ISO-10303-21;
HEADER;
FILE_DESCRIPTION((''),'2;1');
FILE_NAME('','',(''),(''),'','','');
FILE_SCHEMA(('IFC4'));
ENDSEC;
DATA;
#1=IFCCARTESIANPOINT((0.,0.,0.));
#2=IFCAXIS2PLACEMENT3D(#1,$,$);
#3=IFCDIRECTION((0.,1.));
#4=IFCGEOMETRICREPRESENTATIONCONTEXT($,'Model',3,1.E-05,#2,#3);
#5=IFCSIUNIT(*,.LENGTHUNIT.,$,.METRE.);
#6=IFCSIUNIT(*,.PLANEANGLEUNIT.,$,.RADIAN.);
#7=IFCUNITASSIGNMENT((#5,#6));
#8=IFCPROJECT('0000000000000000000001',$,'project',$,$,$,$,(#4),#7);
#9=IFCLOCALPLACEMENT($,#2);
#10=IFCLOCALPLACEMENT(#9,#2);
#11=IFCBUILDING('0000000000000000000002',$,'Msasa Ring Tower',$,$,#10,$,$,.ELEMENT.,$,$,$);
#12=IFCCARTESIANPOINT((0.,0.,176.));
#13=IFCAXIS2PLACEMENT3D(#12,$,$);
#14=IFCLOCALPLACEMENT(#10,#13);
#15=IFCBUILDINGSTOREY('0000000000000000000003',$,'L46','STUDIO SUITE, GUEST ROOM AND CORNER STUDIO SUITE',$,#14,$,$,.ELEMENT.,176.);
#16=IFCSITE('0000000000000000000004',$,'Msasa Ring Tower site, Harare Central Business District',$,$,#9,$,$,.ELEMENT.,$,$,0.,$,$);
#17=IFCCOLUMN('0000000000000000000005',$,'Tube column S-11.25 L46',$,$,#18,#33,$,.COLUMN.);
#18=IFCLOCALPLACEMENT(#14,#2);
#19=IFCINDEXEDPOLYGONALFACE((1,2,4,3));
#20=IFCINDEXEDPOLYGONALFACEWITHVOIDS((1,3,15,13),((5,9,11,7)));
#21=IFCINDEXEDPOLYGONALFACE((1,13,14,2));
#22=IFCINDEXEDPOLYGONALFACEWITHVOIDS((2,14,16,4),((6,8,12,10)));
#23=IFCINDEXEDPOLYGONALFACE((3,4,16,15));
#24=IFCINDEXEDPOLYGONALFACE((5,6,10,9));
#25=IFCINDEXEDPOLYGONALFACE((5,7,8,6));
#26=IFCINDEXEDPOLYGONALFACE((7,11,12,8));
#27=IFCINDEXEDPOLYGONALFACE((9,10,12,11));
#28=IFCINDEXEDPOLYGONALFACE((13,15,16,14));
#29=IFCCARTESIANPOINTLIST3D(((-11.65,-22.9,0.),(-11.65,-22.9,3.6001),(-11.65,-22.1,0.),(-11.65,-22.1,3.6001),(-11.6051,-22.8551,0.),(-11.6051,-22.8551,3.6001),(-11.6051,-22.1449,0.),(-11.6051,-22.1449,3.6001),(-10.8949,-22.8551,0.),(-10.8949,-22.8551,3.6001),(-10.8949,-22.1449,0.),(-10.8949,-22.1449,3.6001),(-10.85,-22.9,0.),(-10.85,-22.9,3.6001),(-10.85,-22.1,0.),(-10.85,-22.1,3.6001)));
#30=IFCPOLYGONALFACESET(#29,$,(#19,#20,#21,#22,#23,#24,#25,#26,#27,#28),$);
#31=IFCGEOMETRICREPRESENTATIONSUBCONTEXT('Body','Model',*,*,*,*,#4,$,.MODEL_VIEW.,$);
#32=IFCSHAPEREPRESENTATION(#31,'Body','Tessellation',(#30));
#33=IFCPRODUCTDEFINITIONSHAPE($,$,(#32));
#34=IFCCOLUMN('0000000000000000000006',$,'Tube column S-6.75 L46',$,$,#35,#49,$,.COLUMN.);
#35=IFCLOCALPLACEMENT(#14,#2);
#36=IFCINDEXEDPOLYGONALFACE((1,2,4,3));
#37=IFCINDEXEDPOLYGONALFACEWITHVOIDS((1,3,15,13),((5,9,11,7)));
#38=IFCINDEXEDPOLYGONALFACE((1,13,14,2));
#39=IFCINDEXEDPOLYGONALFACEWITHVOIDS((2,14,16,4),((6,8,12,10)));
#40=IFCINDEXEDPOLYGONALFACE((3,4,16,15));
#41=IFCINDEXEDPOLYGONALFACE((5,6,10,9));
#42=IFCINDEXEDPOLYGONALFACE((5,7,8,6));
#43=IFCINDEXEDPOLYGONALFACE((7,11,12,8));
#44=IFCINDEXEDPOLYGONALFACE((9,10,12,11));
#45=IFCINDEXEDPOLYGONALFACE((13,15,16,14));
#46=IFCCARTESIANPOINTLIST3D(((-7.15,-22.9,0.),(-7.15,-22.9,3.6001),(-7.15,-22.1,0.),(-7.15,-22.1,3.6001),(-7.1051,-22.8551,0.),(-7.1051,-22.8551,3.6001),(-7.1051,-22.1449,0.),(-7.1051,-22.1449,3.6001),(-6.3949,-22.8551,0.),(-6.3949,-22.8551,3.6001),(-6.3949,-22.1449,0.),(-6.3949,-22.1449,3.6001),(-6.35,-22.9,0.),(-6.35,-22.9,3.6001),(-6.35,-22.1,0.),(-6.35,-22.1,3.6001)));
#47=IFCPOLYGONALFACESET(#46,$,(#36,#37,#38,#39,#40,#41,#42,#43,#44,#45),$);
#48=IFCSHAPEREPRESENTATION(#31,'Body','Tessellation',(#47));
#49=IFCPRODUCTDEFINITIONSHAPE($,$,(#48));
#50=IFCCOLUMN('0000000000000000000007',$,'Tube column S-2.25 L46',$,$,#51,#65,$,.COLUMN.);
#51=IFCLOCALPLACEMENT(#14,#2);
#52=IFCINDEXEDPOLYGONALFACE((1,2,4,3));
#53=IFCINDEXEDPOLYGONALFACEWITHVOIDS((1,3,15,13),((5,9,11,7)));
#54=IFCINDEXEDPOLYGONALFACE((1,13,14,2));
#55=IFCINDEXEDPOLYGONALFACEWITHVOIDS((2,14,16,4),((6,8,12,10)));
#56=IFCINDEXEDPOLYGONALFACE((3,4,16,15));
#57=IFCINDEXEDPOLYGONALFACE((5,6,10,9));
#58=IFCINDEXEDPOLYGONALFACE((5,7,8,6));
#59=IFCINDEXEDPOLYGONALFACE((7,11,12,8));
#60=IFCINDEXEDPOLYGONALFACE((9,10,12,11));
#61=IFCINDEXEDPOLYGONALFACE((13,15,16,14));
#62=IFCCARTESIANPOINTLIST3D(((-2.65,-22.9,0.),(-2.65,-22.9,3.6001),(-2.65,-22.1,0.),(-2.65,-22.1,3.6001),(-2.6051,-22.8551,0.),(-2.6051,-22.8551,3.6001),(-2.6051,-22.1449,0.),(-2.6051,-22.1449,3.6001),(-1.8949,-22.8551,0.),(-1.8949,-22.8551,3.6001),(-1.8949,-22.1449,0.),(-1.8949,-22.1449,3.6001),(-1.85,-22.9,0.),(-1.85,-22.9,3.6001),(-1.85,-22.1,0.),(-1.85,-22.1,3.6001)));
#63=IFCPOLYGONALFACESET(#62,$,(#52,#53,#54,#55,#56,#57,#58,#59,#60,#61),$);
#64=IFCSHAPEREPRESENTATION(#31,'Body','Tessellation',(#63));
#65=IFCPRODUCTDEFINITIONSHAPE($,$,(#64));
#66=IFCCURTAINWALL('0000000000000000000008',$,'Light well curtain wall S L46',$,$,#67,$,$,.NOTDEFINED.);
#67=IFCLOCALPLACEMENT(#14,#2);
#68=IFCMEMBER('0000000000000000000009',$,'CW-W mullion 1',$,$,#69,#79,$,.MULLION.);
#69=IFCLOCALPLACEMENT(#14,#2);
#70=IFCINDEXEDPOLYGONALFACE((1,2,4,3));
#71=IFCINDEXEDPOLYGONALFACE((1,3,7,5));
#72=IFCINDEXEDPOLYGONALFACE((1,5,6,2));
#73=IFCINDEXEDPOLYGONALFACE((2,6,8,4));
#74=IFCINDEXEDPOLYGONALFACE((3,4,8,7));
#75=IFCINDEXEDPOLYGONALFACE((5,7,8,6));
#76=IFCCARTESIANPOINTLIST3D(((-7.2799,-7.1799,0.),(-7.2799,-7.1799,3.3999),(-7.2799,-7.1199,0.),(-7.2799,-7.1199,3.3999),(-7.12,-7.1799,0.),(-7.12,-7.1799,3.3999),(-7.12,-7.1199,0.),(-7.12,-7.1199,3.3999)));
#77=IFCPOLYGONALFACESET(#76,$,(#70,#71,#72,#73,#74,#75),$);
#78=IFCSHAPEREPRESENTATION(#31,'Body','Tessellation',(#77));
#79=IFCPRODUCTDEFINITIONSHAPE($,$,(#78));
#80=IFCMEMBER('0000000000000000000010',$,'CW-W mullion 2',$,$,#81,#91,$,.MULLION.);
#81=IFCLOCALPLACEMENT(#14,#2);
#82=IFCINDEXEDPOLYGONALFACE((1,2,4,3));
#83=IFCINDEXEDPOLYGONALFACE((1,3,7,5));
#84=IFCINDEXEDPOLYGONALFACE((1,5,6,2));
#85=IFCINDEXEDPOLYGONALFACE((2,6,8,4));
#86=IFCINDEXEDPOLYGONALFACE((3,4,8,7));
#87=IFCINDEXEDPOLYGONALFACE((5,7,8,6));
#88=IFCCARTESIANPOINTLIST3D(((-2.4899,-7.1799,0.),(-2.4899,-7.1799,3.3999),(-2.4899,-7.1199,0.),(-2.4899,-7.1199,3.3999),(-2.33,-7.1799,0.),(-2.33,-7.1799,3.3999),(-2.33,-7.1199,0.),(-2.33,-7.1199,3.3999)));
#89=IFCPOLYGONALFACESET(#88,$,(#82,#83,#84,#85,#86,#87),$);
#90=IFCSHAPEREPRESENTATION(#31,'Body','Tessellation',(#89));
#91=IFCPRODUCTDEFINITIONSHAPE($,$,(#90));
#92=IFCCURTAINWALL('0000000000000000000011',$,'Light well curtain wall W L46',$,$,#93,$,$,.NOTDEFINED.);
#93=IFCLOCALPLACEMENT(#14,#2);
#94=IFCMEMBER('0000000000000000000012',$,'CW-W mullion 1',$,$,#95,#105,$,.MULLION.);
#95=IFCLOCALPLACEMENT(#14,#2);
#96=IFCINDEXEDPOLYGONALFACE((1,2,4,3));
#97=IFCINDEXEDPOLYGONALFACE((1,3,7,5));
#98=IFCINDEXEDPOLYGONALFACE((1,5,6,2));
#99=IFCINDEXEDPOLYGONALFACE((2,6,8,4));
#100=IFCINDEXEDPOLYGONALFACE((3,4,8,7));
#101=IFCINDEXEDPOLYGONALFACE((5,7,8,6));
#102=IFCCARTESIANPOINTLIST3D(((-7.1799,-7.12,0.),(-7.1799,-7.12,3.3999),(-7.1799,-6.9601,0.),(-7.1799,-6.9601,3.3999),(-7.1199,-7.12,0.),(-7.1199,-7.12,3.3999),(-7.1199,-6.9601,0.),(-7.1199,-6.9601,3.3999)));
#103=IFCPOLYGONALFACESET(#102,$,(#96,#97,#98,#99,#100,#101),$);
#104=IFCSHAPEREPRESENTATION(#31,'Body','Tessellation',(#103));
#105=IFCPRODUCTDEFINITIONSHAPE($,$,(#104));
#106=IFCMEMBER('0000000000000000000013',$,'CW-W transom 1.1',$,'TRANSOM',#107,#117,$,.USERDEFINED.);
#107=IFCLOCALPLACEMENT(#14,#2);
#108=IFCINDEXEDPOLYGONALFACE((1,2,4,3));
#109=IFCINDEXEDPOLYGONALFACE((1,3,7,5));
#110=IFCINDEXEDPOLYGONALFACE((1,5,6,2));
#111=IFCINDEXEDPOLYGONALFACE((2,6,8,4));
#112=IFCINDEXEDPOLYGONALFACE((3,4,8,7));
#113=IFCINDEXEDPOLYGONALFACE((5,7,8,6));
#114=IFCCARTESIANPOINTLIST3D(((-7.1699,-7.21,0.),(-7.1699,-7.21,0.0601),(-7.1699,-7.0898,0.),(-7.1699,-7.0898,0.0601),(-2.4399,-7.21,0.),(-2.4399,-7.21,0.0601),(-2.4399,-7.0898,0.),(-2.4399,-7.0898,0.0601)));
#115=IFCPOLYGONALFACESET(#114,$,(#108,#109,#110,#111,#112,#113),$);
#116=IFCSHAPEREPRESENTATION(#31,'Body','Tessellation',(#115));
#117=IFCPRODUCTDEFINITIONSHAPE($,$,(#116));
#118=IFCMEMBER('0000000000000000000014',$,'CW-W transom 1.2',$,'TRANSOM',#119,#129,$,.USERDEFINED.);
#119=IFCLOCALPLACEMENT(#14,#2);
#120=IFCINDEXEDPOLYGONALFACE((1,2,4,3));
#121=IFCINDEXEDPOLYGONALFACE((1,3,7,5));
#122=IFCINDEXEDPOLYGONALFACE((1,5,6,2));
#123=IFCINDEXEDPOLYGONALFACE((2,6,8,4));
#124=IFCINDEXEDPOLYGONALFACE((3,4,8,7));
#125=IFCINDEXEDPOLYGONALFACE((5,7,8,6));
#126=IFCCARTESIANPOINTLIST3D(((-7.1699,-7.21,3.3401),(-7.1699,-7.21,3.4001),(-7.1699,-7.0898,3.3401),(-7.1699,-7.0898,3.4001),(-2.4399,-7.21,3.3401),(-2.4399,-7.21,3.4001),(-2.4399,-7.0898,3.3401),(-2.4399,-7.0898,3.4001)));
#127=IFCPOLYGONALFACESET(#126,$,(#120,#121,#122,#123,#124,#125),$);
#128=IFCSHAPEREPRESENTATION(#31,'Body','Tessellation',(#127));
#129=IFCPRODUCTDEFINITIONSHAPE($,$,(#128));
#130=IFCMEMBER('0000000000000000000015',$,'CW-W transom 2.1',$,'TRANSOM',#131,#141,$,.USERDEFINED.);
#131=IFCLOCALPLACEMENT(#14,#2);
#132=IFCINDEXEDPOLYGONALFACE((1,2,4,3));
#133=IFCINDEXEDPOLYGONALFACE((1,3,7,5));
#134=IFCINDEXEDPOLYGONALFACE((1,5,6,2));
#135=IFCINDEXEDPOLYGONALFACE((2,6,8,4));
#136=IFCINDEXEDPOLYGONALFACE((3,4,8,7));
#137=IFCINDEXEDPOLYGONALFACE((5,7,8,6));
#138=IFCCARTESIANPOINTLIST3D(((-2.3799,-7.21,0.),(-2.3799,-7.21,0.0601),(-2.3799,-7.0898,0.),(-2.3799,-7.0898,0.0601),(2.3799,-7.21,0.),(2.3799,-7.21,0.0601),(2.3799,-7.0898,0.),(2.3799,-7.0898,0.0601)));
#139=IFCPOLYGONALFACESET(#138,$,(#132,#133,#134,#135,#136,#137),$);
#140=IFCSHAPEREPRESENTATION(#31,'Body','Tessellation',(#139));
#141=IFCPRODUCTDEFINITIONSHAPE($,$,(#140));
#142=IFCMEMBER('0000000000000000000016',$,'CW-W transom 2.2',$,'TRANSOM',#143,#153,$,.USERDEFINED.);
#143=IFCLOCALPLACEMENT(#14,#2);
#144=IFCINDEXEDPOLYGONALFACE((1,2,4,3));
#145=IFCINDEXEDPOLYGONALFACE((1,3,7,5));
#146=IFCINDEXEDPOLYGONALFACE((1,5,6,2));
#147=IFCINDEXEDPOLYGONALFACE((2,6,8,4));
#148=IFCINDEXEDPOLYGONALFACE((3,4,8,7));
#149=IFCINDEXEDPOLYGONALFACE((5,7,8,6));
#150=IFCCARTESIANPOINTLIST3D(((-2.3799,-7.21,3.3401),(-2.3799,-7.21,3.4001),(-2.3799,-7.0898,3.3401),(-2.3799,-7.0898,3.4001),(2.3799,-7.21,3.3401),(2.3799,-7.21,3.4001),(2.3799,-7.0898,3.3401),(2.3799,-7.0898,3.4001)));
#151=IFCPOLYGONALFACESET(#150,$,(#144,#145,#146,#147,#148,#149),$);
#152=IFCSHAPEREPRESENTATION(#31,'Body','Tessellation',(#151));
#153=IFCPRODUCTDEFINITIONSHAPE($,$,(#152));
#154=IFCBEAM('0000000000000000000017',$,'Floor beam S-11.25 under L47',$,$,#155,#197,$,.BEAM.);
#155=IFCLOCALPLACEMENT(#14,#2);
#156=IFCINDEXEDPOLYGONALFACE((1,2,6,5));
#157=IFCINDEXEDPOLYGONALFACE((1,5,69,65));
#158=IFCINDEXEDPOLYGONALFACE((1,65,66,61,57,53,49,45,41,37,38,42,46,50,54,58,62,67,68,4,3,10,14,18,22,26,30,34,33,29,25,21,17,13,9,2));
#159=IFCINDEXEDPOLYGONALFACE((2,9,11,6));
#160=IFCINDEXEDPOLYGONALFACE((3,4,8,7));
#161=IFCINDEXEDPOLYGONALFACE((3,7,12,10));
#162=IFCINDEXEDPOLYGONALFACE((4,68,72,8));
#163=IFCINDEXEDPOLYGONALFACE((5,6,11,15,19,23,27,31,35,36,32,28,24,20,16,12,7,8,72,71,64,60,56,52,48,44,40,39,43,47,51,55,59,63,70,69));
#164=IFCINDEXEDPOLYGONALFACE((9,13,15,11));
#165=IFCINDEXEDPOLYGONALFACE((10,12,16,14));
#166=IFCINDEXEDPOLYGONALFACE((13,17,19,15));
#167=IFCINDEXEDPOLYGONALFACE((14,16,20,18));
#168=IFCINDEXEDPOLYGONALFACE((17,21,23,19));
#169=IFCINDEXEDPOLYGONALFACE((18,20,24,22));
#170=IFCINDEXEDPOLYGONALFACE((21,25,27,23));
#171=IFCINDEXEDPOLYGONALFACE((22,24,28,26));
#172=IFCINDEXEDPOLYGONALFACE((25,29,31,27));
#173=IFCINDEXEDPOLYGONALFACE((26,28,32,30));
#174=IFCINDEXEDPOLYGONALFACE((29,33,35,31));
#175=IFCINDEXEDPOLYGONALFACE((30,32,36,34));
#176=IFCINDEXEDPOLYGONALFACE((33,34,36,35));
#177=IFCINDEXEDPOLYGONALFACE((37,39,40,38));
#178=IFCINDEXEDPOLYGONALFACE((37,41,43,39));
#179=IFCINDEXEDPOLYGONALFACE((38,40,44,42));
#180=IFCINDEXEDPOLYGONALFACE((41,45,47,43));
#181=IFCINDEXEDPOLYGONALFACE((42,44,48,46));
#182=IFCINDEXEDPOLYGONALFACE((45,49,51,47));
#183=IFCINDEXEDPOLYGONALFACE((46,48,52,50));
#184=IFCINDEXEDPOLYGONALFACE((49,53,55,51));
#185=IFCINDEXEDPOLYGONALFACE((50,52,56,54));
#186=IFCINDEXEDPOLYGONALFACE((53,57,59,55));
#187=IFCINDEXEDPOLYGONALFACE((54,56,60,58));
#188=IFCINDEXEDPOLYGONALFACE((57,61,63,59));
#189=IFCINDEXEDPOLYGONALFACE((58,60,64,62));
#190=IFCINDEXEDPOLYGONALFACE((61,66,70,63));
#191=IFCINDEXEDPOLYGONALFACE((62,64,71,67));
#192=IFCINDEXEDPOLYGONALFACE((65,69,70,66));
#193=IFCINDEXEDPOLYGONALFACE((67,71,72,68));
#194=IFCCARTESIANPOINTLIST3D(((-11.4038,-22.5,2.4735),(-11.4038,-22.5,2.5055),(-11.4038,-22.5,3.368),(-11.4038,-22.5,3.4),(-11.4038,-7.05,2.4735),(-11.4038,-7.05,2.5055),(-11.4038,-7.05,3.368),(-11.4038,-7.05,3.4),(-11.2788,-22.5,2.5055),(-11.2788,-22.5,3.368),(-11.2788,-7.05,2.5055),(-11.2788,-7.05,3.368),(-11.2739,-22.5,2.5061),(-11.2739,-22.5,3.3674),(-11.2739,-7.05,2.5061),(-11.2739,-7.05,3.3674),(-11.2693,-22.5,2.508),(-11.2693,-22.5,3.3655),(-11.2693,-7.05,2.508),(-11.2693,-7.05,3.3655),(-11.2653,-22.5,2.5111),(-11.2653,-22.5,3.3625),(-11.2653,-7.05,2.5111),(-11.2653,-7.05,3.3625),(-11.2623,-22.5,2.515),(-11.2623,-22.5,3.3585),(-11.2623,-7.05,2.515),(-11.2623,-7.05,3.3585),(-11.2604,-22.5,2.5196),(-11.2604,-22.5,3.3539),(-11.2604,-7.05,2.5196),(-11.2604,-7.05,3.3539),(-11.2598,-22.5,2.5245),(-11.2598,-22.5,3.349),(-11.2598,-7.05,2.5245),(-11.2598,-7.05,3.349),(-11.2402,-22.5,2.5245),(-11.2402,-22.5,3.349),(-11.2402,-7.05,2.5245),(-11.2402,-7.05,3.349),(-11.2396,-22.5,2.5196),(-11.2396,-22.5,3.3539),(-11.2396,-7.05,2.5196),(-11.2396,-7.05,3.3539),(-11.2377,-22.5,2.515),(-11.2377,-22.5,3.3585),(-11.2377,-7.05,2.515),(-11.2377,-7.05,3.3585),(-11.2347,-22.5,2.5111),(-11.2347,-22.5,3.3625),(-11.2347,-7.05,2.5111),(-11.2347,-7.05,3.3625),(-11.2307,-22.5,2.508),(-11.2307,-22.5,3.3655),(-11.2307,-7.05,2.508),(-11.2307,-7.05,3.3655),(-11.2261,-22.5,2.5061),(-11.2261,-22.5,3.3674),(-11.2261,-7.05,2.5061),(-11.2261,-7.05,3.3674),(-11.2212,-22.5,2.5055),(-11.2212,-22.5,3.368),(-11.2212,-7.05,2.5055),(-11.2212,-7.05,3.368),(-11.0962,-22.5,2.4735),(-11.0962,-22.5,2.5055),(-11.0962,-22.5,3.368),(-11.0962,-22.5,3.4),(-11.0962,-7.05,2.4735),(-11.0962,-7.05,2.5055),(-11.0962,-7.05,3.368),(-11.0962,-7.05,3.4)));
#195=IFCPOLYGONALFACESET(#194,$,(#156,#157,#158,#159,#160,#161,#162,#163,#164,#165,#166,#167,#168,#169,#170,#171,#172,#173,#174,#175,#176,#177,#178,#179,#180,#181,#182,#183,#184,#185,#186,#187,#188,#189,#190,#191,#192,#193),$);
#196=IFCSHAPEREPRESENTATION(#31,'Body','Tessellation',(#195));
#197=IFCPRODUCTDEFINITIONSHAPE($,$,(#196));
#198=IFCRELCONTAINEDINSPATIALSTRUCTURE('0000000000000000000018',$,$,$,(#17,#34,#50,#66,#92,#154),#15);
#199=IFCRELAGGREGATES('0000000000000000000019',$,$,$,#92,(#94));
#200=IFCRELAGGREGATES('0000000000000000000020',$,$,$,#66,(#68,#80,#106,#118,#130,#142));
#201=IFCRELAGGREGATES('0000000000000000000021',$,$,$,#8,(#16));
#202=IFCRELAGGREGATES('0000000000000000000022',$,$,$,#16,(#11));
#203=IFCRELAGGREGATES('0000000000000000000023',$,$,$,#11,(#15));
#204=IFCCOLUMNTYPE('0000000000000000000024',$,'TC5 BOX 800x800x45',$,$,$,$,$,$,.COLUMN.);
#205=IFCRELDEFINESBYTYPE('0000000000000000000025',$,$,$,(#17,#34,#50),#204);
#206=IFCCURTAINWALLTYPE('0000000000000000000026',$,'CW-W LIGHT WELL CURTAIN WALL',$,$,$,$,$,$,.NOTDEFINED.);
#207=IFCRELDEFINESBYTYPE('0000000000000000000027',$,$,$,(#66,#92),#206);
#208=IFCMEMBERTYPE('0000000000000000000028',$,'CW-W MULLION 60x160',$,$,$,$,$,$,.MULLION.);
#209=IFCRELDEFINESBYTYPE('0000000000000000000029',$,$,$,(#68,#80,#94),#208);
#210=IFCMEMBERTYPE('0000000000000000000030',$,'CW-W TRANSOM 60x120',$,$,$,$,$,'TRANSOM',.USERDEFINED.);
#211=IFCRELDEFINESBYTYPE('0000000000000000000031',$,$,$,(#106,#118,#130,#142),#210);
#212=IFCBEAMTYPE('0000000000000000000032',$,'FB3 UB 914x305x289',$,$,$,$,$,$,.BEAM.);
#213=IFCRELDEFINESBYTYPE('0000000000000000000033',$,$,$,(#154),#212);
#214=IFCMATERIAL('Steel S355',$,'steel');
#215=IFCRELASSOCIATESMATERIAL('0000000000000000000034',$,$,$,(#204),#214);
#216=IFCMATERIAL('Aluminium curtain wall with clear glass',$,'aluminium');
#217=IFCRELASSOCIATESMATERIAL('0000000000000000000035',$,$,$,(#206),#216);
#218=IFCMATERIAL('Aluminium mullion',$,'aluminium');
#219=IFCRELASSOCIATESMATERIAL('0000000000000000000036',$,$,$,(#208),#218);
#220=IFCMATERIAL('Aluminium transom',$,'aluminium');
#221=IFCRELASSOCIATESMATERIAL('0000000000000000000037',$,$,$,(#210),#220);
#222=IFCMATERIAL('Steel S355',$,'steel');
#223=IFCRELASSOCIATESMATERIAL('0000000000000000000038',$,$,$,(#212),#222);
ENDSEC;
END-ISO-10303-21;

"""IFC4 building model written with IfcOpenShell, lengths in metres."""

from ifc_helpers import new_model, si_unit, direction, frame, origin, origin_2d, place, context, subcontext, project, spatial, rectangle, hollow_rectangle, i_section, extrude, material, material_profile, profile_set, type_object, element, aggregate, save


model = new_model("IFC4")

# Units and contexts
model_context = context("Model", 3, precision=1e-05, world=origin(), true_north=direction((0.0, 1.0)))
body_context = subcontext(model_context, "Body", "Model", "MODEL_VIEW")
ifc_project = project(units=[si_unit("LENGTHUNIT", "METRE"), si_unit("PLANEANGLEUNIT", "RADIAN")], contexts=[model_context])

# Site, building, storey
site_placement = place(None, origin())
site = spatial("IfcSite", under=ifc_project, at=site_placement, Name="Msasa Ring Tower site, Harare Central Business District", CompositionType="ELEMENT", RefElevation=0.0)
building_placement = place(site_placement, origin())
building = spatial("IfcBuilding", under=site, at=building_placement, Name="Msasa Ring Tower", CompositionType="ELEMENT")
storey_placement = place(building_placement, frame((0.0, 0.0, 176.0)))
storey = spatial("IfcBuildingStorey", under=building, at=storey_placement, Name="L46", Description="STUDIO SUITE, GUEST ROOM AND CORNER STUDIO SUITE", CompositionType="ELEMENT", Elevation=176.0)

# Columns
ifc_material_1 = material(Name="Steel S355", Category="steel")
ifc_material_profile_1 = material_profile(ifc_material_1, hollow_rectangle(XDim=0.8, YDim=0.8, WallThickness=0.0449, at=origin_2d()), Name="BOX 800x800x45")
ifc_profile_set_1 = profile_set([ifc_material_profile_1], Name="Steel S355")
column_type = type_object("IfcColumnType", Name="TC5 BOX 800x800x45", PredefinedType="COLUMN", material=ifc_profile_set_1)
for number, where, z_axis, x_axis, name in (
    (1, (-11.25, -22.5, 0.0), (0.0, 0.0, 1.0), (0.0, 1.0, 0.0), "Tube column S-11.25 L46"),
    (2, (-6.75, -22.5, 0.0), (0.0, 0.0, 1.0), (0.0, 1.0, 0.0), "Tube column S-6.75 L46"),
    (3, (-2.25, -22.5, 0.0), (0.0, 0.0, 1.0), (0.0, 1.0, 0.0), "Tube column S-2.25 L46"),
):
    element("IfcColumn", number, at=place(storey_placement, frame(where, z_axis=z_axis, x_axis=x_axis)), inside=storey, type_object=column_type, Name=name, PredefinedType="COLUMN", context=body_context, shape_type="SweptSolid", body=[
        extrude(hollow_rectangle(XDim=0.8, YDim=0.8, WallThickness=0.0449, at=origin_2d()), origin(), (0.0, 0.0, 1.0), 3.6001),
    ])

# Curtain wall, members
ifc_material_2 = material(Name="Aluminium curtain wall with clear glass", Category="aluminium")
curtain_wall_type = type_object("IfcCurtainWallType", Name="CW-W LIGHT WELL CURTAIN WALL", PredefinedType="NOTDEFINED", material=ifc_material_2)
curtain_wall_1_placement = place(storey_placement, origin())
curtain_wall_1 = element("IfcCurtainWall", 4, at=curtain_wall_1_placement, inside=storey, type_object=curtain_wall_type, Name="Light well curtain wall S L46", PredefinedType="NOTDEFINED")
ifc_material_3 = material(Name="Aluminium mullion", Category="aluminium")
ifc_material_profile_2 = material_profile(ifc_material_3, rectangle(XDim=0.0601, YDim=0.1599, at=origin_2d()), Name="AL 60x160")
ifc_profile_set_2 = profile_set([ifc_material_profile_2], Name="Aluminium mullion")
member_type_1 = type_object("IfcMemberType", Name="CW-W MULLION 60x160", PredefinedType="MULLION", material=ifc_profile_set_2)
member_1_placement = place(storey_placement, frame((-7.2, -7.1499, 0.0), z_axis=(0.0, 0.0, 1.0), x_axis=(0.0, 1.0, 0.0)))
member_1 = element("IfcMember", 5, at=member_1_placement, type_object=member_type_1, Name="CW-W mullion 1", PredefinedType="MULLION", context=body_context, shape_type="SweptSolid", body=[
    extrude(rectangle(XDim=0.0601, YDim=0.1599, at=origin_2d()), origin(), (0.0, 0.0, 1.0), 3.3999),
])
member_2_placement = place(storey_placement, frame((-2.4099, -7.1499, 0.0), z_axis=(0.0, 0.0, 1.0), x_axis=(0.0, 1.0, 0.0)))
member_2 = element("IfcMember", 6, at=member_2_placement, type_object=member_type_1, Name="CW-W mullion 2", PredefinedType="MULLION", context=body_context, shape_type="SweptSolid", body=[
    extrude(rectangle(XDim=0.0601, YDim=0.1599, at=origin_2d()), origin(), (0.0, 0.0, 1.0), 3.3999),
])

# Curtain wall, member
curtain_wall_2_placement = place(storey_placement, origin())
curtain_wall_2 = element("IfcCurtainWall", 7, at=curtain_wall_2_placement, inside=storey, type_object=curtain_wall_type, Name="Light well curtain wall W L46", PredefinedType="NOTDEFINED")
member_3_placement = place(storey_placement, frame((-7.1499, -7.04, 0.0), z_axis=(0.0, 0.0, 1.0), x_axis=(-1.0, 0.0, 0.0)))
member_3 = element("IfcMember", 8, at=member_3_placement, type_object=member_type_1, Name="CW-W mullion 1", PredefinedType="MULLION", context=body_context, shape_type="SweptSolid", body=[
    extrude(rectangle(XDim=0.0601, YDim=0.1599, at=origin_2d()), origin(), (0.0, 0.0, 1.0), 3.3999),
])
aggregate(curtain_wall_2, [member_3])

# Members
ifc_material_4 = material(Name="Aluminium transom", Category="aluminium")
ifc_material_profile_3 = material_profile(ifc_material_4, rectangle(XDim=0.1201, YDim=0.0601, at=origin_2d()), Name="AL 60x120")
ifc_profile_set_3 = profile_set([ifc_material_profile_3], Name="Aluminium transom")
member_type_2 = type_object("IfcMemberType", Name="CW-W TRANSOM 60x120", ElementType="TRANSOM", PredefinedType="USERDEFINED", material=ifc_profile_set_3)
member_4_placement = place(storey_placement, frame((-7.1699, -7.1499, 0.03), z_axis=(1.0, 0.0, 0.0), x_axis=(0.0, 1.0, 0.0)))
member_4 = element("IfcMember", 9, at=member_4_placement, type_object=member_type_2, Name="CW-W transom 1.1", ObjectType="TRANSOM", PredefinedType="USERDEFINED", context=body_context, shape_type="SweptSolid", body=[
    extrude(rectangle(XDim=0.1201, YDim=0.0601, at=origin_2d()), origin(), (0.0, 0.0, 1.0), 4.73),
])
member_5_placement = place(storey_placement, frame((-7.1699, -7.1499, 3.3701), z_axis=(1.0, 0.0, 0.0), x_axis=(0.0, 1.0, 0.0)))
member_5 = element("IfcMember", 10, at=member_5_placement, type_object=member_type_2, Name="CW-W transom 1.2", ObjectType="TRANSOM", PredefinedType="USERDEFINED", context=body_context, shape_type="SweptSolid", body=[
    extrude(rectangle(XDim=0.1201, YDim=0.0601, at=origin_2d()), origin(), (0.0, 0.0, 1.0), 4.73),
])
member_6_placement = place(storey_placement, frame((-2.3799, -7.1499, 0.03), z_axis=(1.0, 0.0, 0.0), x_axis=(0.0, 1.0, 0.0)))
member_6 = element("IfcMember", 11, at=member_6_placement, type_object=member_type_2, Name="CW-W transom 2.1", ObjectType="TRANSOM", PredefinedType="USERDEFINED", context=body_context, shape_type="SweptSolid", body=[
    extrude(rectangle(XDim=0.1201, YDim=0.0601, at=origin_2d()), origin(), (0.0, 0.0, 1.0), 4.7598),
])
member_7_placement = place(storey_placement, frame((-2.3799, -7.1499, 3.3701), z_axis=(1.0, 0.0, 0.0), x_axis=(0.0, 1.0, 0.0)))
member_7 = element("IfcMember", 12, at=member_7_placement, type_object=member_type_2, Name="CW-W transom 2.2", ObjectType="TRANSOM", PredefinedType="USERDEFINED", context=body_context, shape_type="SweptSolid", body=[
    extrude(rectangle(XDim=0.1201, YDim=0.0601, at=origin_2d()), origin(), (0.0, 0.0, 1.0), 4.7598),
])

# Beam
ifc_material_5 = material(Name="Steel S355", Category="steel")
ifc_material_profile_4 = material_profile(ifc_material_5, i_section(OverallWidth=0.3076, OverallDepth=0.9265, WebThickness=0.0195, FlangeThickness=0.032, FilletRadius=0.019, at=origin_2d()), Name="UB 914x305x289")
ifc_profile_set_4 = profile_set([ifc_material_profile_4], Name="Steel S355")
beam_type_1 = type_object("IfcBeamType", Name="FB3 UB 914x305x289", PredefinedType="BEAM", material=ifc_profile_set_4)
beam_placement = place(storey_placement, frame((-11.25, -22.5, 2.9368), z_axis=(0.0, 1.0, 0.0), x_axis=(-1.0, 0.0, 0.0)))
element("IfcBeam", 13, at=beam_placement, inside=storey, type_object=beam_type_1, Name="Floor beam S-11.25 under L47", PredefinedType="BEAM", context=body_context, shape_type="SweptSolid", body=[
    extrude(i_section(OverallWidth=0.3076, OverallDepth=0.9265, WebThickness=0.0195, FlangeThickness=0.032, FilletRadius=0.019, at=origin_2d()), origin(), (0.0, 0.0, 1.0), 15.45),
])

aggregate(curtain_wall_1, [member_1, member_2, member_4, member_5, member_6, member_7])

save(model, "model.ifc")
